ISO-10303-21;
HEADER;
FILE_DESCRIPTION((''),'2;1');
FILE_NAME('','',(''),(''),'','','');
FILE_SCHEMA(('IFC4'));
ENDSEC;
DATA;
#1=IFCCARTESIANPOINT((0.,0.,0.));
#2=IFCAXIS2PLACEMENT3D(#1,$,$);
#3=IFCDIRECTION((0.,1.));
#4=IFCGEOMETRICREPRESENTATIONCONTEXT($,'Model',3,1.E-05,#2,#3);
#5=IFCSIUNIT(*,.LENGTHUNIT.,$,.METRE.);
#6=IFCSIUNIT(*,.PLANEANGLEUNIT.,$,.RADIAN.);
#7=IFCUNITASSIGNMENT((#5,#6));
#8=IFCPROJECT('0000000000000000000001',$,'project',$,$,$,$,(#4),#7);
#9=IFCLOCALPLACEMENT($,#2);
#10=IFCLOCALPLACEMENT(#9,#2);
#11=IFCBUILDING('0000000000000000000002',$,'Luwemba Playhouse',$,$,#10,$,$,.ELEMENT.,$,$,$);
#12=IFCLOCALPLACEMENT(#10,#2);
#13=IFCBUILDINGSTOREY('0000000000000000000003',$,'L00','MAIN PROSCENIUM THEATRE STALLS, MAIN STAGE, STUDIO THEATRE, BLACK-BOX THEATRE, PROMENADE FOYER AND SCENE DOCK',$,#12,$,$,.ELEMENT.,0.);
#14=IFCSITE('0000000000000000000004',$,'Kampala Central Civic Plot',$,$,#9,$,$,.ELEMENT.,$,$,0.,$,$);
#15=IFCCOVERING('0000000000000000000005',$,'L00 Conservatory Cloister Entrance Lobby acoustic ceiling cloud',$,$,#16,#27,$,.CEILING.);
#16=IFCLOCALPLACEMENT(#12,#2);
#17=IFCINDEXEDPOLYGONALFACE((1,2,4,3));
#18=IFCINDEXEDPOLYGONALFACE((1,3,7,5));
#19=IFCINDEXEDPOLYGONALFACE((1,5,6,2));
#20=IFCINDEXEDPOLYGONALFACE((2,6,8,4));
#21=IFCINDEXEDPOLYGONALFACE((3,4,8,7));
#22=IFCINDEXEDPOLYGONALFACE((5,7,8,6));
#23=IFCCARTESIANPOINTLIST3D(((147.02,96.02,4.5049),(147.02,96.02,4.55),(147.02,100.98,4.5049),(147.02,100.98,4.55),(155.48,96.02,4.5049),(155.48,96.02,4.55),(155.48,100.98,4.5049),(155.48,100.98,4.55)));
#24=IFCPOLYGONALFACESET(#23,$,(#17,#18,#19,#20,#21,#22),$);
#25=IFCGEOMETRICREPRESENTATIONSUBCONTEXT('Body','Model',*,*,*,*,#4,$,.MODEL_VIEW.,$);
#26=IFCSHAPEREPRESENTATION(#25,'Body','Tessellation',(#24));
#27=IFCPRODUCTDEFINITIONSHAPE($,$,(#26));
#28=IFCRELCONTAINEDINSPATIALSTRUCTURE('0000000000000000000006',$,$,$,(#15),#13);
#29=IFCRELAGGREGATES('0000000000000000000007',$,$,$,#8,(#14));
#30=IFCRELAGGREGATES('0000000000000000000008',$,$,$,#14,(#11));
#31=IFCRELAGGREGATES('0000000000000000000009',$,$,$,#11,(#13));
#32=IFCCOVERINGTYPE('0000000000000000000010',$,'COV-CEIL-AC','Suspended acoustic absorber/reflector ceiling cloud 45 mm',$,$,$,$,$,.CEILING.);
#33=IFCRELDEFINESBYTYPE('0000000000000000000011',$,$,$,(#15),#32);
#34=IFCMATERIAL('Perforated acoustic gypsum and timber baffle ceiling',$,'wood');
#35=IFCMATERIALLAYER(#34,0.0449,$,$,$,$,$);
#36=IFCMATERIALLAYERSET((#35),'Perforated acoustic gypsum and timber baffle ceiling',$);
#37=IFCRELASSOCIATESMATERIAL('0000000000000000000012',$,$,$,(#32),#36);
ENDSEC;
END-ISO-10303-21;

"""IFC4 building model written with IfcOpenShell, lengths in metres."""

from ifc_helpers import new_model, si_unit, direction, frame, origin, place, context, subcontext, project, spatial, polyline, outline, extrude, material, layer, layer_set, type_object, element, save


model = new_model("IFC4")

# Units and contexts
model_context = context("Model", 3, precision=1e-05, world=origin(), true_north=direction((0.0, 1.0)))
body_context = subcontext(model_context, "Body", "Model", "MODEL_VIEW")
ifc_project = project(units=[si_unit("LENGTHUNIT", "METRE"), si_unit("PLANEANGLEUNIT", "RADIAN")], contexts=[model_context])

# Site, building, storey
site_placement = place(None, origin())
site = spatial("IfcSite", under=ifc_project, at=site_placement, Name="Kampala Central Civic Plot", CompositionType="ELEMENT", RefElevation=0.0)
building_placement = place(site_placement, origin())
building = spatial("IfcBuilding", under=site, at=building_placement, Name="Luwemba Playhouse", CompositionType="ELEMENT")
storey_placement = place(building_placement, origin())
storey = spatial("IfcBuildingStorey", under=building, at=storey_placement, Name="L00", Description="MAIN PROSCENIUM THEATRE STALLS, MAIN STAGE, STUDIO THEATRE, BLACK-BOX THEATRE, PROMENADE FOYER AND SCENE DOCK", CompositionType="ELEMENT", Elevation=0.0)

# Covering
ifc_material_1 = material(Name="Perforated acoustic gypsum and timber baffle ceiling", Category="wood")
ifc_layer_1 = layer(ifc_material_1, 0.0449)
ifc_layer_set_1 = layer_set([ifc_layer_1], Name="Perforated acoustic gypsum and timber baffle ceiling")
covering_type = type_object("IfcCoveringType", Name="COV-CEIL-AC", Description="Suspended acoustic absorber/reflector ceiling cloud 45 mm", PredefinedType="CEILING", material=ifc_layer_set_1)
covering_1_placement = place(storey_placement, frame((0.0, 0.0, 4.5049)))
element("IfcCovering", 1, at=covering_1_placement, inside=storey, type_object=covering_type, Name="L00 Conservatory Cloister Entrance Lobby acoustic ceiling cloud", PredefinedType="CEILING", context=body_context, shape_type="SweptSolid", body=[
    extrude(outline(polyline([(147.02, 96.02), (155.48, 96.02), (155.48, 100.98), (147.02, 100.98), (147.02, 96.02)])), origin(), (0.0, 0.0, 1.0), 0.0452),
])

save(model, "model.ifc")
